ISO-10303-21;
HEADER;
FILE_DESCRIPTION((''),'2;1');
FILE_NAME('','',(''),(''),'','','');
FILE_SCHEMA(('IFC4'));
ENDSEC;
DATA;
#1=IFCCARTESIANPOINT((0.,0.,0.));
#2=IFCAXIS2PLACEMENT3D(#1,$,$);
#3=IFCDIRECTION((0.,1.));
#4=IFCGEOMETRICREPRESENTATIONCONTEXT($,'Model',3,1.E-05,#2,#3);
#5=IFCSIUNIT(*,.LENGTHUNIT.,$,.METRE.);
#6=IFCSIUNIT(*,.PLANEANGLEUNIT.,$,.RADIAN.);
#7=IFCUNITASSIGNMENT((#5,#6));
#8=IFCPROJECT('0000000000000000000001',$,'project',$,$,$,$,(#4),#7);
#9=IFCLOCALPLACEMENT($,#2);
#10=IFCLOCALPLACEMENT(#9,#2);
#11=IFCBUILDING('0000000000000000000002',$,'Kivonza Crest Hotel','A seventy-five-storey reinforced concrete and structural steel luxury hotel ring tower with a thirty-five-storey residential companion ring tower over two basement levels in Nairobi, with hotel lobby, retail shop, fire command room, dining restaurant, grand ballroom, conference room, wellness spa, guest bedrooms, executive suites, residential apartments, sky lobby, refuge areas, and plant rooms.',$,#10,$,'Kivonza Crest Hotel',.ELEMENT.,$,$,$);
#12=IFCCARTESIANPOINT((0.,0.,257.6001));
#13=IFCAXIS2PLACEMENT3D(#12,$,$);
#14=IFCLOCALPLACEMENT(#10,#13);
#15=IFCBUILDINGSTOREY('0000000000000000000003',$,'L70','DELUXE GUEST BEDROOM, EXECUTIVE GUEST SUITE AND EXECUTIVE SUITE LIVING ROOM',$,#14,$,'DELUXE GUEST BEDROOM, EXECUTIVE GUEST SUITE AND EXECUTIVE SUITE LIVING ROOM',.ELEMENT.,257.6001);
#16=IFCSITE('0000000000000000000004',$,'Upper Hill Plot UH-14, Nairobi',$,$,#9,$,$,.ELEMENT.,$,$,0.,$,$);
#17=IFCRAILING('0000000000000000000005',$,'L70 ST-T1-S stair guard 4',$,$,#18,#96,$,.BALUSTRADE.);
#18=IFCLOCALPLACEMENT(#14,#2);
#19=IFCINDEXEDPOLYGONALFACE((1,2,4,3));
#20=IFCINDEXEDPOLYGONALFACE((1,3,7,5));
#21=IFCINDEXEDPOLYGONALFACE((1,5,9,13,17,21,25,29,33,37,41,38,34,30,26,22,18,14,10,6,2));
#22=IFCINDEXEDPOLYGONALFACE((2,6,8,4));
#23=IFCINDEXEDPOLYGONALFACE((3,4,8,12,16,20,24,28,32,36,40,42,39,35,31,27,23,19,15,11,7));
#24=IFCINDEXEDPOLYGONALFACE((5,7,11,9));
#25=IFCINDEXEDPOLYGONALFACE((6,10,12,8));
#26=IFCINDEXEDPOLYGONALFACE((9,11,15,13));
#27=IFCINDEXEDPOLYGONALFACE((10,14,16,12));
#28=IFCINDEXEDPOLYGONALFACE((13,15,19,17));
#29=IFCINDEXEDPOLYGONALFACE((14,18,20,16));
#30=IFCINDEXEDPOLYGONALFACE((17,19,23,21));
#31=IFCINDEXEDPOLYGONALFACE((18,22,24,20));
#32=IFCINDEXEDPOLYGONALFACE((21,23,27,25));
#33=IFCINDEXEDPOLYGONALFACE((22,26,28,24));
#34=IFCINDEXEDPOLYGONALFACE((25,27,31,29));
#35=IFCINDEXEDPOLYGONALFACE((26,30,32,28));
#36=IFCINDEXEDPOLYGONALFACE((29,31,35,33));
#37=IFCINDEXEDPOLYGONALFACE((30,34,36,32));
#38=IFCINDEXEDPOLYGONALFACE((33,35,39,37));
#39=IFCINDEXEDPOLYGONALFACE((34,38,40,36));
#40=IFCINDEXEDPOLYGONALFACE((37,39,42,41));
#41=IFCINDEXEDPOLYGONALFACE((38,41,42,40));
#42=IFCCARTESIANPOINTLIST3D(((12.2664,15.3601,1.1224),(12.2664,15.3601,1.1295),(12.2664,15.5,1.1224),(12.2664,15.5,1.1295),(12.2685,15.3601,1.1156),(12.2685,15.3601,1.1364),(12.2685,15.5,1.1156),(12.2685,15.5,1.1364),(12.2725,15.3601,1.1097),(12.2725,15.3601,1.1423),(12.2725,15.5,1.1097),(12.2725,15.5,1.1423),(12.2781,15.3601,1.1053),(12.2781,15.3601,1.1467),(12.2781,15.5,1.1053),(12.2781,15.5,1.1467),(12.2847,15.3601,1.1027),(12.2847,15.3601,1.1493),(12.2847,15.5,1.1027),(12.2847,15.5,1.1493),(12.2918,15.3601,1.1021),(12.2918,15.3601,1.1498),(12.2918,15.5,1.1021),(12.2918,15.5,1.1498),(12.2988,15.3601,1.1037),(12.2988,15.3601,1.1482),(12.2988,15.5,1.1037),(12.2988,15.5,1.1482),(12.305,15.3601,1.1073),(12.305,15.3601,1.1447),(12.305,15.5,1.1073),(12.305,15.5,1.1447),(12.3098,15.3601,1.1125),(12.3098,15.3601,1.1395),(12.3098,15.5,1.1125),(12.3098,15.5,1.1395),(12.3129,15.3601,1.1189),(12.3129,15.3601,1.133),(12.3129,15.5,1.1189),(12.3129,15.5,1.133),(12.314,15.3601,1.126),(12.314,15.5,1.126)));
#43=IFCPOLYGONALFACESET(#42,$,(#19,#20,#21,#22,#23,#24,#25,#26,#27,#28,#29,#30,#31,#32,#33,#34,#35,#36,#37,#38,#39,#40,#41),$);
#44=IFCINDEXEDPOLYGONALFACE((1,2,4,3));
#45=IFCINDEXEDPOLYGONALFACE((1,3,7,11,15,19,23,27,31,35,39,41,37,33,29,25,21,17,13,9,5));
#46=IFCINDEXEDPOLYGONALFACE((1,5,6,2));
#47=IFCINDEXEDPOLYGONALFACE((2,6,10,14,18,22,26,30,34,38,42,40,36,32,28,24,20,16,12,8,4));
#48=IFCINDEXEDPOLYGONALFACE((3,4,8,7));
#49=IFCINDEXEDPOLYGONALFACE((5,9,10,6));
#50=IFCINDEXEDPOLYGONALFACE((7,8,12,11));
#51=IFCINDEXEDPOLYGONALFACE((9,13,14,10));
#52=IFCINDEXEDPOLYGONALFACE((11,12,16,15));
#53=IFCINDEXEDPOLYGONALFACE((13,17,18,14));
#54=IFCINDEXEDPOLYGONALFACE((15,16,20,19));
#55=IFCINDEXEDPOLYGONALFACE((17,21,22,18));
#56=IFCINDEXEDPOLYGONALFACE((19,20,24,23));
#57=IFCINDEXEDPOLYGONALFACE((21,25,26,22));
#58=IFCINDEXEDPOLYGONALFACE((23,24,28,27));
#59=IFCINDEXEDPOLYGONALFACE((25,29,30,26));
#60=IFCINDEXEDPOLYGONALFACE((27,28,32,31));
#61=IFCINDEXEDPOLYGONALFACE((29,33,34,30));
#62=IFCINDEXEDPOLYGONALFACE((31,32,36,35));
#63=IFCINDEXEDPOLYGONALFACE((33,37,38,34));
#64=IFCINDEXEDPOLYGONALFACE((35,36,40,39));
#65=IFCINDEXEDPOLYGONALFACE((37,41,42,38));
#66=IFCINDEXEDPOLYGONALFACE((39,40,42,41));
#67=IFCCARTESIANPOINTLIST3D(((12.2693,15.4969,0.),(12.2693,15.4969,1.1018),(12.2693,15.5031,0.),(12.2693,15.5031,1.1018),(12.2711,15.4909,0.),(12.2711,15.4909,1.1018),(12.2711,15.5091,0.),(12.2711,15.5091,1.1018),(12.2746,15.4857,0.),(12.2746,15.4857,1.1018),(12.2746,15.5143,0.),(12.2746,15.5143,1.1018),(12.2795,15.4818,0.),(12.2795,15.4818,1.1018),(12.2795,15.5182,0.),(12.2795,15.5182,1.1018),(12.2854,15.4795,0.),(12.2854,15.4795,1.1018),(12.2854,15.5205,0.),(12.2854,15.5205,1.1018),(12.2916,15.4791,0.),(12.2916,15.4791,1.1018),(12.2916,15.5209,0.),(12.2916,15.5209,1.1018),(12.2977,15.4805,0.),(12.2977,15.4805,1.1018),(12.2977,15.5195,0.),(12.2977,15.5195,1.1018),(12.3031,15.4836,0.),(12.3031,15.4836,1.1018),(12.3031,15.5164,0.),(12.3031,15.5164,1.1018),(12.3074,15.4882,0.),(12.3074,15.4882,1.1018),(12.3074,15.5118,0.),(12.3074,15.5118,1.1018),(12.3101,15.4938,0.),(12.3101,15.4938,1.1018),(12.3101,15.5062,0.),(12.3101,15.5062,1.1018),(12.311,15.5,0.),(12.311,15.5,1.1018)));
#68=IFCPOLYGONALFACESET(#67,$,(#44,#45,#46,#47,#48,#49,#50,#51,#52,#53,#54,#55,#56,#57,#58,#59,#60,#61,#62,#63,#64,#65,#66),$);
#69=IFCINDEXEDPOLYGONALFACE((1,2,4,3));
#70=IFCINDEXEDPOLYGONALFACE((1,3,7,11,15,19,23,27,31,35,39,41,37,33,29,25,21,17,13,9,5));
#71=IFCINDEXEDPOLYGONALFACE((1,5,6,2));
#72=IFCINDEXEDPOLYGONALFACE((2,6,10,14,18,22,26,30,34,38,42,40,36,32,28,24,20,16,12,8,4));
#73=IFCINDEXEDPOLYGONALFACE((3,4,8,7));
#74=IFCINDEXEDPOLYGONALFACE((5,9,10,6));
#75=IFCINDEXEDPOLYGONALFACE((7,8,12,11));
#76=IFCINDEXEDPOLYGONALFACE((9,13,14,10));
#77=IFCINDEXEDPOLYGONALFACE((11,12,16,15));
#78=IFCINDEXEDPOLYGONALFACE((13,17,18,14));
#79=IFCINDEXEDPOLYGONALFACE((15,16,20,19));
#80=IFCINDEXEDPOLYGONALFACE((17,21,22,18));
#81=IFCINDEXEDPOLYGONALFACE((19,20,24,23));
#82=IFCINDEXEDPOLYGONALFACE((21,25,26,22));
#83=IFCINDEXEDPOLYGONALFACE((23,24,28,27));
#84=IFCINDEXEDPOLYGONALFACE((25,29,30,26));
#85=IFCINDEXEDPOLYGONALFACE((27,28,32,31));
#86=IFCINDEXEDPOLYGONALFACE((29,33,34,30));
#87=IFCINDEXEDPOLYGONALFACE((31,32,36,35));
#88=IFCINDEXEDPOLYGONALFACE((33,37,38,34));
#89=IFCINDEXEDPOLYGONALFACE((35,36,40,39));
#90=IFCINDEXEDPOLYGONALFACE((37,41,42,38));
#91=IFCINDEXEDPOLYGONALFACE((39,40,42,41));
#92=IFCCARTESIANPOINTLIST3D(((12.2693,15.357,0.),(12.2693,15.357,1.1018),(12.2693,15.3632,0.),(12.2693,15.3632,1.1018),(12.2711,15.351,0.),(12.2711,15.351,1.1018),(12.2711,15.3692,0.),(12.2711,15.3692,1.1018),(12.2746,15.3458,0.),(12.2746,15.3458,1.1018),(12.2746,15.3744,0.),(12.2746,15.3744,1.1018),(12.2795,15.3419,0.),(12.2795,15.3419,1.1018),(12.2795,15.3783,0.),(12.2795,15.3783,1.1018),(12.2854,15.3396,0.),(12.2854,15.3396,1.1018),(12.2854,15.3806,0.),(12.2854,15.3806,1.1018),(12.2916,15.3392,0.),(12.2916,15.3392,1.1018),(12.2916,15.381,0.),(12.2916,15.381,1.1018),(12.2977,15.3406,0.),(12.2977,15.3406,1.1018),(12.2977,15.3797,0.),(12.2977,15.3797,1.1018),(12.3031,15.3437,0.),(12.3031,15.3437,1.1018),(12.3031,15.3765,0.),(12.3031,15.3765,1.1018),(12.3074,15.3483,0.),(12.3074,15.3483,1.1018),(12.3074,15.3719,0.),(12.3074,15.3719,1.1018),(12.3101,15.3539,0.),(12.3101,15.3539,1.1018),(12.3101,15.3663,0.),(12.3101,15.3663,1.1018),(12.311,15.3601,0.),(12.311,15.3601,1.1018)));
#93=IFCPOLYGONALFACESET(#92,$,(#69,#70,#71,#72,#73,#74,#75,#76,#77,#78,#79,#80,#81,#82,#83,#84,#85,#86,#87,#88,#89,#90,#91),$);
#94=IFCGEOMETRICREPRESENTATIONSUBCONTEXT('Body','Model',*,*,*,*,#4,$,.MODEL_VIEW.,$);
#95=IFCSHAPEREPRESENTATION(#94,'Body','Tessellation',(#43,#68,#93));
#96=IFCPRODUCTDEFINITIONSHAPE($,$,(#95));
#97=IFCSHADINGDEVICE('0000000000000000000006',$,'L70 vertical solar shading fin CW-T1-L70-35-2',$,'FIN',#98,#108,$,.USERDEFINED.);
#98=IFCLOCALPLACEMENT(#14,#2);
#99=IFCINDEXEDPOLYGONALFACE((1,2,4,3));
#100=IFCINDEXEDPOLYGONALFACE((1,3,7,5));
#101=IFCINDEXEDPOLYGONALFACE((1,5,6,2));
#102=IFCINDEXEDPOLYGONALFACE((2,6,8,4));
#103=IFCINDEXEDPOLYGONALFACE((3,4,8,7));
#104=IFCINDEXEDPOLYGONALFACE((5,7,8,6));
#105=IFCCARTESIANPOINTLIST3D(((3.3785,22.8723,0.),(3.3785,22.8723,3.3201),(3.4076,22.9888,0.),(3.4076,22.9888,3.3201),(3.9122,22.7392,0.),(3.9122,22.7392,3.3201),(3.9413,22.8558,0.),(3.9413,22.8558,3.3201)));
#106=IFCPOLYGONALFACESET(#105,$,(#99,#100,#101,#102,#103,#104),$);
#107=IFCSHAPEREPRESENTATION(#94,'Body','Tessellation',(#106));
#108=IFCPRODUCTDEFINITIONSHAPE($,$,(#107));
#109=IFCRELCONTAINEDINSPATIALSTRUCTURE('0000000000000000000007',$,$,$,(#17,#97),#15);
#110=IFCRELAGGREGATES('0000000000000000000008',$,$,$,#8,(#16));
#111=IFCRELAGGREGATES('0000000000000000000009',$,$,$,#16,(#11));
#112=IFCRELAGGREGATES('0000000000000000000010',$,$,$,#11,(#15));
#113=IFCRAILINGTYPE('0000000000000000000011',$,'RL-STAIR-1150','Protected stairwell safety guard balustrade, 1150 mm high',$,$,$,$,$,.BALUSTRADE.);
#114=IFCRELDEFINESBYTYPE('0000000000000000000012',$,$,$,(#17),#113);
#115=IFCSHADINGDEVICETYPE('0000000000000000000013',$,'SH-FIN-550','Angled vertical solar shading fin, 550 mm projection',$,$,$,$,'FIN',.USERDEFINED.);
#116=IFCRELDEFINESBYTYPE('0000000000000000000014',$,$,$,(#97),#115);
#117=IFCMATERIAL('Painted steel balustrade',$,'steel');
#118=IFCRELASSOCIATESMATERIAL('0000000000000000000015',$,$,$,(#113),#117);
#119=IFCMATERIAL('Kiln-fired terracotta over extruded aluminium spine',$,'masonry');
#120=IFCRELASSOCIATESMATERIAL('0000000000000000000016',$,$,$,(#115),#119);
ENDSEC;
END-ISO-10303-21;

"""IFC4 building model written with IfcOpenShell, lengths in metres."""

from ifc_helpers import new_model, si_unit, direction, frame, origin, origin_2d, place, context, subcontext, project, spatial, rectangle, circle, extrude, material, type_object, element, save


model = new_model("IFC4")

# Units and contexts
model_context = context("Model", 3, precision=1e-05, world=origin(), true_north=direction((0.0, 1.0)))
body_context = subcontext(model_context, "Body", "Model", "MODEL_VIEW")
ifc_project = project(units=[si_unit("LENGTHUNIT", "METRE"), si_unit("PLANEANGLEUNIT", "RADIAN")], contexts=[model_context])

# Site, building, storey
site_placement = place(None, origin())
site = spatial("IfcSite", under=ifc_project, at=site_placement, Name="Upper Hill Plot UH-14, Nairobi", CompositionType="ELEMENT", RefElevation=0.0)
building_placement = place(site_placement, origin())
building = spatial("IfcBuilding", under=site, at=building_placement, Name="Kivonza Crest Hotel", Description="A seventy-five-storey reinforced concrete and structural steel luxury hotel ring tower with a thirty-five-storey residential companion ring tower over two basement levels in Nairobi, with hotel lobby, retail shop, fire command room, dining restaurant, grand ballroom, conference room, wellness spa, guest bedrooms, executive suites, residential apartments, sky lobby, refuge areas, and plant rooms.", LongName="Kivonza Crest Hotel", CompositionType="ELEMENT")
storey_placement = place(building_placement, frame((0.0, 0.0, 257.6001)))
storey = spatial("IfcBuildingStorey", under=building, at=storey_placement, Name="L70", Description="DELUXE GUEST BEDROOM, EXECUTIVE GUEST SUITE AND EXECUTIVE SUITE LIVING ROOM", LongName="DELUXE GUEST BEDROOM, EXECUTIVE GUEST SUITE AND EXECUTIVE SUITE LIVING ROOM", CompositionType="ELEMENT", Elevation=257.6001)

# Railing
ifc_material_1 = material(Name="Painted steel balustrade", Category="steel")
railing_type_1 = type_object("IfcRailingType", Name="RL-STAIR-1150", Description="Protected stairwell safety guard balustrade, 1150 mm high", PredefinedType="BALUSTRADE", material=ifc_material_1)
railing_1_placement = place(storey_placement, frame((12.29, 15.5, 0.0)))
element("IfcRailing", 1, at=railing_1_placement, inside=storey, type_object=railing_type_1, Name="L70 ST-T1-S stair guard 4", PredefinedType="BALUSTRADE", context=body_context, shape_type="SweptSolid", body=[
    extrude(circle(Radius=0.0239, at=origin_2d()), frame((0.0, 0.0, 1.126), z_axis=(0.0, -1.0, 0.0), x_axis=(1.0, 0.0, 0.0)), (0.0, 0.0, 1.0), 0.1399),
    extrude(circle(Radius=0.021, at=origin_2d()), origin(), (0.0, 0.0, 1.0), 1.1018),
    extrude(circle(Radius=0.021, at=origin_2d()), frame((0.0, -0.1399, 0.0)), (0.0, 0.0, 1.0), 1.1018),
])

# Shading device
ifc_material_2 = material(Name="Kiln-fired terracotta over extruded aluminium spine", Category="masonry")
shading_device_type = type_object("IfcShadingDeviceType", Name="SH-FIN-550", Description="Angled vertical solar shading fin, 550 mm projection", ElementType="FIN", PredefinedType="USERDEFINED", material=ifc_material_2)
shading_device_placement = place(storey_placement, frame((3.6599, 22.864, 0.0), z_axis=(0.0, 0.0, 1.0), x_axis=(-0.241922, -0.970296, 0.0)))
element("IfcShadingDevice", 2, at=shading_device_placement, inside=storey, type_object=shading_device_type, Name="L70 vertical solar shading fin CW-T1-L70-35-2", ObjectType="FIN", PredefinedType="USERDEFINED", context=body_context, shape_type="SweptSolid", body=[
    extrude(rectangle(XDim=0.1201, YDim=0.55, at=origin_2d()), origin(), (0.0, 0.0, 1.0), 3.3201),
])

save(model, "model.ifc")
